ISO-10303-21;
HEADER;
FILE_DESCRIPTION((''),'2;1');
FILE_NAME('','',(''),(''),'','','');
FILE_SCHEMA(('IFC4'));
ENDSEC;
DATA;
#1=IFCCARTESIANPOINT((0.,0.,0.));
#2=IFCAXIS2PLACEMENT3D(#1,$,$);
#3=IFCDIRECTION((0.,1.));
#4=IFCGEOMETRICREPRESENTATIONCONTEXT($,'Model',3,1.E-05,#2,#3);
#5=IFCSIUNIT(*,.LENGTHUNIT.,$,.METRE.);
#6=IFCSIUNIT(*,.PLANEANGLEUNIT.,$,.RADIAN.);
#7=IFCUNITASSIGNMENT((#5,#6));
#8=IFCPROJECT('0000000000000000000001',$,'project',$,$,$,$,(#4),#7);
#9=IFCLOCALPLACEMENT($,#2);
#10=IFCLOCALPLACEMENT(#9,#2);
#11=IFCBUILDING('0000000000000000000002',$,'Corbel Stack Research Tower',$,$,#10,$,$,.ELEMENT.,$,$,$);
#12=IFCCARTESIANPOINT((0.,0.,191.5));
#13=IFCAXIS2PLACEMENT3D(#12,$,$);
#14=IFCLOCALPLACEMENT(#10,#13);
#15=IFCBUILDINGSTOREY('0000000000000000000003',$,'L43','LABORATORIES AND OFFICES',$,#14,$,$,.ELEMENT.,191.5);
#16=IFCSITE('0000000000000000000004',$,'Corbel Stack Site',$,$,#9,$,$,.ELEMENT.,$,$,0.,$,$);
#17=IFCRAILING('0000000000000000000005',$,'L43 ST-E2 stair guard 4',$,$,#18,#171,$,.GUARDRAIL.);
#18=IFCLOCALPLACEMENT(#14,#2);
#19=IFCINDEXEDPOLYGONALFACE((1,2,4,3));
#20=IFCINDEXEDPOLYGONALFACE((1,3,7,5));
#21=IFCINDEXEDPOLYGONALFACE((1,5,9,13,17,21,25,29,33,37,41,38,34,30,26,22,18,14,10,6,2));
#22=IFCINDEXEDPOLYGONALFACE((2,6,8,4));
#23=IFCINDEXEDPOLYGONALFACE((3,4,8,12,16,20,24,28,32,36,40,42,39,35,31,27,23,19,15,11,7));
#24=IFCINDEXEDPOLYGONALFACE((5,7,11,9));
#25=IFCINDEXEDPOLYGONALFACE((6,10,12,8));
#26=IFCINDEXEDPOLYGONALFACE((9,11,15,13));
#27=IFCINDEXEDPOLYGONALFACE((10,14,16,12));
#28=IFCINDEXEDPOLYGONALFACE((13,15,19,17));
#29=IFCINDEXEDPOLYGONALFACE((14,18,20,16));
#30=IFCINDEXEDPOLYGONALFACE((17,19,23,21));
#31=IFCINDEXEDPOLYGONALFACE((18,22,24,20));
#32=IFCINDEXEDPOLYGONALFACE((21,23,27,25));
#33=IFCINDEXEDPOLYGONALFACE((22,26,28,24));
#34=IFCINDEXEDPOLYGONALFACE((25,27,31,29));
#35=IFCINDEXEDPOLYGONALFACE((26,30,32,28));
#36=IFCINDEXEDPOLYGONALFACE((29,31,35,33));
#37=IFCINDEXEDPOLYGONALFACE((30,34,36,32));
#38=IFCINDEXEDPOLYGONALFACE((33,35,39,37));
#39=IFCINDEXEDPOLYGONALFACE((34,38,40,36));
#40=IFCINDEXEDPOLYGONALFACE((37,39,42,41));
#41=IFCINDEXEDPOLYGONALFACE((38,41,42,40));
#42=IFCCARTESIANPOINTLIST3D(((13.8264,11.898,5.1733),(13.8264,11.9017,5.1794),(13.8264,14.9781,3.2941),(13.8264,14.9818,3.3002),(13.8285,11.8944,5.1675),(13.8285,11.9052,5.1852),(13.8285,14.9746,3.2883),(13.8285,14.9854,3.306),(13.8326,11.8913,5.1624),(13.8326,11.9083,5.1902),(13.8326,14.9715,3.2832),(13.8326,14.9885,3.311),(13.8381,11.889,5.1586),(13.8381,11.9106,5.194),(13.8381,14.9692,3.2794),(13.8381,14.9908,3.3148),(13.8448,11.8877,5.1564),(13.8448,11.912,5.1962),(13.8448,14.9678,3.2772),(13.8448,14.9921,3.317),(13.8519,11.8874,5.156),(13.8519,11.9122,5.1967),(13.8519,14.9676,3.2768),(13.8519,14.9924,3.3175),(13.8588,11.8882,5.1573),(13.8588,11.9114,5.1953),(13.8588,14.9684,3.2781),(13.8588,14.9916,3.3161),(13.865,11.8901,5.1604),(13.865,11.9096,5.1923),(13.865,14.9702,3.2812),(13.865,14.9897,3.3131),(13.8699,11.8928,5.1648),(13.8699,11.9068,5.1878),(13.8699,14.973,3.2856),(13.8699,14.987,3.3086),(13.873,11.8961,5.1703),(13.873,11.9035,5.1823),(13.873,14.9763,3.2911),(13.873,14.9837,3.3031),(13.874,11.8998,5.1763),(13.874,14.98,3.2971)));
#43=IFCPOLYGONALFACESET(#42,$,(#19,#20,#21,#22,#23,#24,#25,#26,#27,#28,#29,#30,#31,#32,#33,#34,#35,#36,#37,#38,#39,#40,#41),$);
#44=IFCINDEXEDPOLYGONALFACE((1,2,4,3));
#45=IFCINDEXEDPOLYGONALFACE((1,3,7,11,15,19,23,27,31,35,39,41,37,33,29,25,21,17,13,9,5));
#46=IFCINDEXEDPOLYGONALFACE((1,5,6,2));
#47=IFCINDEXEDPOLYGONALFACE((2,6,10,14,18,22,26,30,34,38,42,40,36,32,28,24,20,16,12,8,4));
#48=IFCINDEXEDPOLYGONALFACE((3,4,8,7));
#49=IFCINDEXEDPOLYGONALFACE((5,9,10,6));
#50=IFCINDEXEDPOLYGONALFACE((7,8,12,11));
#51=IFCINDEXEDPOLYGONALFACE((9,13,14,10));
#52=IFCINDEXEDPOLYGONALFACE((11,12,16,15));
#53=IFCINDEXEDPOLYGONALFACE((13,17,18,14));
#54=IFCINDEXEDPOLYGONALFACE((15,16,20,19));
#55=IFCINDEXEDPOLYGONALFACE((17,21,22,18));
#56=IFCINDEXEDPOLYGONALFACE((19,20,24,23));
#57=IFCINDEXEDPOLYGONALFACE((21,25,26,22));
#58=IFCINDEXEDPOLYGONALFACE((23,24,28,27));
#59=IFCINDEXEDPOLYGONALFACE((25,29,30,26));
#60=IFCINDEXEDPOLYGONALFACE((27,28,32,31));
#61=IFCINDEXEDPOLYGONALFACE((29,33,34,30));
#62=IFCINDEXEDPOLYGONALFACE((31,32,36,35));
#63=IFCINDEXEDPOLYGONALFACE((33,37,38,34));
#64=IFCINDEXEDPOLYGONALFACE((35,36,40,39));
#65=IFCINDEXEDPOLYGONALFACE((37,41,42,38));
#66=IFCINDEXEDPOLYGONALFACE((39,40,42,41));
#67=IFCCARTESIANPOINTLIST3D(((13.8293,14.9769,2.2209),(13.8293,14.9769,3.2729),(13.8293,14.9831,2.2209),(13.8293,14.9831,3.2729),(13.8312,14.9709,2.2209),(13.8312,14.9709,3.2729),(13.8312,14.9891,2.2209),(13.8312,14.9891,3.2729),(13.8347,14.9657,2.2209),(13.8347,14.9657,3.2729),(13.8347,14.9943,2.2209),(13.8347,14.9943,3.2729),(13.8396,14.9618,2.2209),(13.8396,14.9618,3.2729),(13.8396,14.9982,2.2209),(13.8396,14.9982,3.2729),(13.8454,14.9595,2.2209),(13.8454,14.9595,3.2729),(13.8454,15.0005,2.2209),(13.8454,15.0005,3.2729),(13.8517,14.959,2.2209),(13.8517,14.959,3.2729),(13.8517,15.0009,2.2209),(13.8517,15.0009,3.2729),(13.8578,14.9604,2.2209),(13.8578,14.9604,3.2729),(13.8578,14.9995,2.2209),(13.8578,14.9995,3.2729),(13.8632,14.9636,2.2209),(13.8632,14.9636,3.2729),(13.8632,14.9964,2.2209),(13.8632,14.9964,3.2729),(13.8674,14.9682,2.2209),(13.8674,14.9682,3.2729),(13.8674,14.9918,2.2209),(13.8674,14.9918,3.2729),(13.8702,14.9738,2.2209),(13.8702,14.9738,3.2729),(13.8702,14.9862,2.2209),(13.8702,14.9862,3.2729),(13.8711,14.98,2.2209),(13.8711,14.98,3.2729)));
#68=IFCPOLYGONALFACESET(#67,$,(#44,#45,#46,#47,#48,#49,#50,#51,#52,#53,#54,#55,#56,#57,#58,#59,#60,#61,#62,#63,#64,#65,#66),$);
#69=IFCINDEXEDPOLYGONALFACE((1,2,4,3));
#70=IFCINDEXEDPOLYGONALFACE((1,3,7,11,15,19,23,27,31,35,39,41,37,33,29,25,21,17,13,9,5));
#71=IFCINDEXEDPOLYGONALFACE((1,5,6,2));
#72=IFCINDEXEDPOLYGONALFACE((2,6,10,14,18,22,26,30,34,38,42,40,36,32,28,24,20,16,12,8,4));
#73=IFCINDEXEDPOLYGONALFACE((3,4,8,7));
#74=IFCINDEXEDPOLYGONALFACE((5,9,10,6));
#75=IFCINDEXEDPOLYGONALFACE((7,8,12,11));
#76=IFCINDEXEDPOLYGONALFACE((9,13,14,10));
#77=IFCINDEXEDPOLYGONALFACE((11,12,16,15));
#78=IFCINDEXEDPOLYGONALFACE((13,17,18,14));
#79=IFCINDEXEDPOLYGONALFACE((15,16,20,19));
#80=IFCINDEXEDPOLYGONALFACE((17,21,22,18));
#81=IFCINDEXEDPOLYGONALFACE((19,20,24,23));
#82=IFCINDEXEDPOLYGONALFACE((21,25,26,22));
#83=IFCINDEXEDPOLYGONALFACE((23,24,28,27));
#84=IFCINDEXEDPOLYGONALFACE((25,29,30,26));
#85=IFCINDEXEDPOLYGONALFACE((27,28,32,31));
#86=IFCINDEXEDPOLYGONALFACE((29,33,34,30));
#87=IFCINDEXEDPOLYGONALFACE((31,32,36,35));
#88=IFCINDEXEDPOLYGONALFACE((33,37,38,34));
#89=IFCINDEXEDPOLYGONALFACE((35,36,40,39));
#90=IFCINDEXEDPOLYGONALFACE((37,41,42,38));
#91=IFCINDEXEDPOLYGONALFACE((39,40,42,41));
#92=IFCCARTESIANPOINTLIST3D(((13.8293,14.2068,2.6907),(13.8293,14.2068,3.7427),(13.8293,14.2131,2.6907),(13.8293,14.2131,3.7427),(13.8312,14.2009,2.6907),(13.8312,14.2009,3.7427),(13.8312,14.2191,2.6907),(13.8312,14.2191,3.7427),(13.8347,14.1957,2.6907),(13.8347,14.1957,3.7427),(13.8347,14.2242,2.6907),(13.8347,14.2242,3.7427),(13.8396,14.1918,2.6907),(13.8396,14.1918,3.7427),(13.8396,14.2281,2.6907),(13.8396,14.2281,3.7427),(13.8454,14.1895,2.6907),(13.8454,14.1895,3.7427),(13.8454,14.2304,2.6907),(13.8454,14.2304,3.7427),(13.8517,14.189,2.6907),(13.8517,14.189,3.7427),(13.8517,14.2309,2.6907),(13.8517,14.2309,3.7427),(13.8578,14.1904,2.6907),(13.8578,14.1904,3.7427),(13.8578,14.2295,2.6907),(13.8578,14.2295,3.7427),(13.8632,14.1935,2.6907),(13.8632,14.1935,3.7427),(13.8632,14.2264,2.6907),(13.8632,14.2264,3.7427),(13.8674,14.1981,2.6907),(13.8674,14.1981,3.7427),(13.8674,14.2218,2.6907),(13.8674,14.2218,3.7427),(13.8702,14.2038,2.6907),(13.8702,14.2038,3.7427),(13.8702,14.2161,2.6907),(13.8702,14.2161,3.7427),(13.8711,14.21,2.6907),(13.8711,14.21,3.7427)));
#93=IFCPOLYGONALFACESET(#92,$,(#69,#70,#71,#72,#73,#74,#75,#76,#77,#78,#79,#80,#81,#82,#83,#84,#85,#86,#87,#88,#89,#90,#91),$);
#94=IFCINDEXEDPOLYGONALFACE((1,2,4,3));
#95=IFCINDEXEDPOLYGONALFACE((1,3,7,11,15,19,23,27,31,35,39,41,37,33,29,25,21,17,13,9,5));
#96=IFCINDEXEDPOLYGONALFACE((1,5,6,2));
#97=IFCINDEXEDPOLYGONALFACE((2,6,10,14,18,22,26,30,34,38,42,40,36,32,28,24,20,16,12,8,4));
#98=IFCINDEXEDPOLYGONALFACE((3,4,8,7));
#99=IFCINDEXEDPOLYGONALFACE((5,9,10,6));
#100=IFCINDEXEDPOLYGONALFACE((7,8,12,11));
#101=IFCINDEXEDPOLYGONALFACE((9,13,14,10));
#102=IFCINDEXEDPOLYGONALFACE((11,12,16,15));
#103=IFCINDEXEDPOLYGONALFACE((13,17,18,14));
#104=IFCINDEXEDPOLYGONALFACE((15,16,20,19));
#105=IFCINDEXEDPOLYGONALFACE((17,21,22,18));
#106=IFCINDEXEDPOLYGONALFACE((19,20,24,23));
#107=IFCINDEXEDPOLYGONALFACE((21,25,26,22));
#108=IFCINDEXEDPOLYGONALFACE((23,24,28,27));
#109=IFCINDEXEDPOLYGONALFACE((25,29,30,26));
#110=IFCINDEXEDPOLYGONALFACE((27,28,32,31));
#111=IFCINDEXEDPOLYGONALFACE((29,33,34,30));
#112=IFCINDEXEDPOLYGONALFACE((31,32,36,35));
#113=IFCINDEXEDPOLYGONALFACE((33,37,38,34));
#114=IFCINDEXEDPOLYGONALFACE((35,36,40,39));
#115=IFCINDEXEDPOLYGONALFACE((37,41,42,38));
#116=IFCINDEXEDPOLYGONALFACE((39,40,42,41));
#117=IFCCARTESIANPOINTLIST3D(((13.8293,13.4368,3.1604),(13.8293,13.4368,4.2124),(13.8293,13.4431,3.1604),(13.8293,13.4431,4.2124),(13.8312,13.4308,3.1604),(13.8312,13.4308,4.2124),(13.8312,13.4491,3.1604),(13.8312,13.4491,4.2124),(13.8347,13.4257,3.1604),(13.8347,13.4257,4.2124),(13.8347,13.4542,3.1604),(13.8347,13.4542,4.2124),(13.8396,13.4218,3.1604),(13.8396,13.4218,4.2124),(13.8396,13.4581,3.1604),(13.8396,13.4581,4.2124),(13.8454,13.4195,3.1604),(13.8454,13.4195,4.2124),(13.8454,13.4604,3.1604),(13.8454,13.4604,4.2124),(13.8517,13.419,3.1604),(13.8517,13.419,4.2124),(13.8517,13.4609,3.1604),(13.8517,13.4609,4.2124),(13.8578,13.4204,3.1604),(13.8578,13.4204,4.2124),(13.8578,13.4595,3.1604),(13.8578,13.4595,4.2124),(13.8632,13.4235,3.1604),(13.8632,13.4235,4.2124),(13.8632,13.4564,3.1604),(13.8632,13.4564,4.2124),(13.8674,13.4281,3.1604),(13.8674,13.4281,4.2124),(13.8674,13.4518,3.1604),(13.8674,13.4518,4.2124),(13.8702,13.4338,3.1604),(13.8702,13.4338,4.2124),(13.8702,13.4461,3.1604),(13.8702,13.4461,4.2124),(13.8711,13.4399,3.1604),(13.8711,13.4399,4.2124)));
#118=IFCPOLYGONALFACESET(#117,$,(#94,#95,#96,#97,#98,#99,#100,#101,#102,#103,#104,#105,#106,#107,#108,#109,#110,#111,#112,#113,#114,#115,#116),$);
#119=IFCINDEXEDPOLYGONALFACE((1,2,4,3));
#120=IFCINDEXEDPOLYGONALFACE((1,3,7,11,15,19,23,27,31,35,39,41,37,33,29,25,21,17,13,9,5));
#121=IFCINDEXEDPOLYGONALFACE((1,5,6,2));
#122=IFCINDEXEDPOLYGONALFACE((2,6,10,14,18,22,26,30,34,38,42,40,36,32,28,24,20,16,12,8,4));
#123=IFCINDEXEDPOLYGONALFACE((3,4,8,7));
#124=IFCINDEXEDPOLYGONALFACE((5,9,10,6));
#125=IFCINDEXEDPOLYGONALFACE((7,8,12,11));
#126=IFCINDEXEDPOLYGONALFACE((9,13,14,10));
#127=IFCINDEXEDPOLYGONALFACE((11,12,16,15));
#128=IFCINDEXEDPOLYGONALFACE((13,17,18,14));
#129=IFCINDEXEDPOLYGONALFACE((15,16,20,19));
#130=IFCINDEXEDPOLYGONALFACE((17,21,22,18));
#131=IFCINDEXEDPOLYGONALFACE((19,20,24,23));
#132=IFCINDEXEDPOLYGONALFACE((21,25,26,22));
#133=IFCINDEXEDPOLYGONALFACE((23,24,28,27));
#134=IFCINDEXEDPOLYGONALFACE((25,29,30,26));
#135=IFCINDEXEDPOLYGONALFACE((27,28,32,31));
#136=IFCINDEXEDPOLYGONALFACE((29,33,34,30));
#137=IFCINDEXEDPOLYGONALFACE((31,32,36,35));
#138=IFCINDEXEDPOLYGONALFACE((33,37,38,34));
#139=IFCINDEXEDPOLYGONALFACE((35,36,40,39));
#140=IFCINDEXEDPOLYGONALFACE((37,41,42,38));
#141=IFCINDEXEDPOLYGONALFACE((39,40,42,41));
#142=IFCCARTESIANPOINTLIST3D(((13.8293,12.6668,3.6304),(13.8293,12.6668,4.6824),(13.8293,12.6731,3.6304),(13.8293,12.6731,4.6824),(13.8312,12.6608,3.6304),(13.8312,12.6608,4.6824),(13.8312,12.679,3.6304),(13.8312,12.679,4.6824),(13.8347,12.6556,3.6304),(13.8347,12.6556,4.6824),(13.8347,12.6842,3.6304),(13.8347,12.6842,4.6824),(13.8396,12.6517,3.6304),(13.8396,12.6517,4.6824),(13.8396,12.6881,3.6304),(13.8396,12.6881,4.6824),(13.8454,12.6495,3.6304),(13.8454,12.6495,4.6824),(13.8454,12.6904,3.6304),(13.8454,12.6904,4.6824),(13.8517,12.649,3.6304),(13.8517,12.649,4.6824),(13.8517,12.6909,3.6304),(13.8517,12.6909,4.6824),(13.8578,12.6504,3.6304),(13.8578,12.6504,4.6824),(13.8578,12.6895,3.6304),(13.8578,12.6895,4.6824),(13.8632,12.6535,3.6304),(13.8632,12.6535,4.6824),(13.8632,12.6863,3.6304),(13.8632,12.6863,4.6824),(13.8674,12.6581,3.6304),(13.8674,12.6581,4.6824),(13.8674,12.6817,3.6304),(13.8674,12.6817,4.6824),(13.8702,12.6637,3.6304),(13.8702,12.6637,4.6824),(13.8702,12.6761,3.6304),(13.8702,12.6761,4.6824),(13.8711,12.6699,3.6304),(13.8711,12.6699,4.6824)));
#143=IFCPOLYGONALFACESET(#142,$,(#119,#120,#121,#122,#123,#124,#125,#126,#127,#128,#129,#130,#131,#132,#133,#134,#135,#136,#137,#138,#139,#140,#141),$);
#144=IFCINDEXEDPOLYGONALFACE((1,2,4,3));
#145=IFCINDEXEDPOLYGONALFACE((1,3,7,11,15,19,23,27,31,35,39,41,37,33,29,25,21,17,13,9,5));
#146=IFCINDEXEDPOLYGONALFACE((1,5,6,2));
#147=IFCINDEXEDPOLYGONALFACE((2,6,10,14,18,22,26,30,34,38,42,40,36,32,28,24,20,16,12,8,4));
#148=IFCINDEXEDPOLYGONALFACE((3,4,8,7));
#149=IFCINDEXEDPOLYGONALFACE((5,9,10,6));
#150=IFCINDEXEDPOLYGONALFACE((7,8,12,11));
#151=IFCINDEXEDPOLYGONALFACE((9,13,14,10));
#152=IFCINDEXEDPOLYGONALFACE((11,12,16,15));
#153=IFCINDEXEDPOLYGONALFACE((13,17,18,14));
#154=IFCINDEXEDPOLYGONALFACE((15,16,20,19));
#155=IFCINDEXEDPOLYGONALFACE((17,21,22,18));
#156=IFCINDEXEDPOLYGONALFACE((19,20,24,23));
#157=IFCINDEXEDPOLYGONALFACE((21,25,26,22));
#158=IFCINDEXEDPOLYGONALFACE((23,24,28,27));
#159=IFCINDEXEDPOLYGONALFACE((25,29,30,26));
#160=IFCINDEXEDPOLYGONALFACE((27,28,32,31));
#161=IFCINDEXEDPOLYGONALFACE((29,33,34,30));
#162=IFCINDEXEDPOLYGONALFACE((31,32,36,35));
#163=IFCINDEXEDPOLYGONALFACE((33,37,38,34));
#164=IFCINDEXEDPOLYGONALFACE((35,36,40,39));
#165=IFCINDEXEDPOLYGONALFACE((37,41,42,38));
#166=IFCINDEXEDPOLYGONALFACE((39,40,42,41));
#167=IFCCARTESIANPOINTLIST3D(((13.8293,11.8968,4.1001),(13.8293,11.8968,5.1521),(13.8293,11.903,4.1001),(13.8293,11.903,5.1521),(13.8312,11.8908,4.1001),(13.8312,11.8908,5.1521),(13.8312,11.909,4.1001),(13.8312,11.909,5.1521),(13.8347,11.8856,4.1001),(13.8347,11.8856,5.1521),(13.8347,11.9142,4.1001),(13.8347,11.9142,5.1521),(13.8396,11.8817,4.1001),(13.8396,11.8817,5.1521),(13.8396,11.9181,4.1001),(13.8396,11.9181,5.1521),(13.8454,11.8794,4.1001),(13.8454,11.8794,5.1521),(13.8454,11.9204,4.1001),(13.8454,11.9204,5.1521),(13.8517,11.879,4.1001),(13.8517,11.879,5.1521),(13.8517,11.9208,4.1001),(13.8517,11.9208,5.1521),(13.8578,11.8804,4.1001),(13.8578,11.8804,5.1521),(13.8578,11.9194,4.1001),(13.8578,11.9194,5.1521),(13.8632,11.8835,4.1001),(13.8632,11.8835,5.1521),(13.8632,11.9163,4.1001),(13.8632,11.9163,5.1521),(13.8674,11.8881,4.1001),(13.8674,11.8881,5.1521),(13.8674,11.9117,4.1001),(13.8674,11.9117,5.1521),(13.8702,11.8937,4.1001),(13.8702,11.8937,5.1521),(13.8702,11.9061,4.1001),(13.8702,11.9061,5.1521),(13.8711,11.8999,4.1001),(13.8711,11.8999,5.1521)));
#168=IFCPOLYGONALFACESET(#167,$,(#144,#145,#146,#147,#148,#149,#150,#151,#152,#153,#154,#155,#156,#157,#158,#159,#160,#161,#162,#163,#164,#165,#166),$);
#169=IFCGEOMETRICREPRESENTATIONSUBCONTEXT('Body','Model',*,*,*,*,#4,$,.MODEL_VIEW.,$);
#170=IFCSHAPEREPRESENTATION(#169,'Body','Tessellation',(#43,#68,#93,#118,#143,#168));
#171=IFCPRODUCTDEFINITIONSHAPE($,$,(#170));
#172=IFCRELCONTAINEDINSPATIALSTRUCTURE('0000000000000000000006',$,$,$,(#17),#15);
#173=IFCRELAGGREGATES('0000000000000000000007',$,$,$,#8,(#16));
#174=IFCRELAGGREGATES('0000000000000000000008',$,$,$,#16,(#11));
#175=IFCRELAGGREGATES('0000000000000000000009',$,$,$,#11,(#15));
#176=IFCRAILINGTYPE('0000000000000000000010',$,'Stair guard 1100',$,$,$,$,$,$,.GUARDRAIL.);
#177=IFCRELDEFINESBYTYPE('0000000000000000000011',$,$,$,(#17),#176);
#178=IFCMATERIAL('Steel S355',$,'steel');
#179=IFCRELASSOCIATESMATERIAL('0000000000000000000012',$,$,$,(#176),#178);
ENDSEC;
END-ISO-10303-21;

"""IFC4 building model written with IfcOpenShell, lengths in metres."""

from ifc_helpers import new_model, si_unit, direction, frame, origin, origin_2d, place, context, subcontext, project, spatial, circle, extrude, material, type_object, element, save


model = new_model("IFC4")

# Units and contexts
model_context = context("Model", 3, precision=1e-05, world=origin(), true_north=direction((0.0, 1.0)))
body_context = subcontext(model_context, "Body", "Model", "MODEL_VIEW")
ifc_project = project(units=[si_unit("LENGTHUNIT", "METRE"), si_unit("PLANEANGLEUNIT", "RADIAN")], contexts=[model_context])

# Site, building, storey
site_placement = place(None, origin())
site = spatial("IfcSite", under=ifc_project, at=site_placement, Name="Corbel Stack Site", CompositionType="ELEMENT", RefElevation=0.0)
building_placement = place(site_placement, origin())
building = spatial("IfcBuilding", under=site, at=building_placement, Name="Corbel Stack Research Tower", CompositionType="ELEMENT")
storey_placement = place(building_placement, frame((0.0, 0.0, 191.5)))
storey = spatial("IfcBuildingStorey", under=building, at=storey_placement, Name="L43", Description="LABORATORIES AND OFFICES", CompositionType="ELEMENT", Elevation=191.5)

# Railing
ifc_material_1 = material(Name="Steel S355", Category="steel")
railing_type_1 = type_object("IfcRailingType", Name="Stair guard 1100", PredefinedType="GUARDRAIL", material=ifc_material_1)
railing_1_placement = place(storey_placement, frame((13.8501, 14.98, 2.2209)))
element("IfcRailing", 1, at=railing_1_placement, inside=storey, type_object=railing_type_1, Name="L43 ST-E2 stair guard 4", PredefinedType="GUARDRAIL", context=body_context, shape_type="SweptSolid", body=[
    extrude(circle(Radius=0.0239, at=origin_2d()), frame((0.0, 0.0, 1.0762), z_axis=(0.0, -0.853666, 0.52082), x_axis=(1.0, 0.0, 0.0)), (0.0, 0.0, 1.0), 3.6082),
    extrude(circle(Radius=0.021, at=origin_2d()), origin(), (0.0, 0.0, 1.0), 1.052),
    extrude(circle(Radius=0.021, at=origin_2d()), frame((0.0, -0.77, 0.4697)), (0.0, 0.0, 1.0), 1.052),
    extrude(circle(Radius=0.021, at=origin_2d()), frame((0.0, -1.54, 0.9395)), (0.0, 0.0, 1.0), 1.052),
    extrude(circle(Radius=0.021, at=origin_2d()), frame((0.0, -2.3101, 1.4094)), (0.0, 0.0, 1.0), 1.052),
    extrude(circle(Radius=0.021, at=origin_2d()), frame((0.0, -3.0801, 1.8792)), (0.0, 0.0, 1.0), 1.052),
])

save(model, "model.ifc")
